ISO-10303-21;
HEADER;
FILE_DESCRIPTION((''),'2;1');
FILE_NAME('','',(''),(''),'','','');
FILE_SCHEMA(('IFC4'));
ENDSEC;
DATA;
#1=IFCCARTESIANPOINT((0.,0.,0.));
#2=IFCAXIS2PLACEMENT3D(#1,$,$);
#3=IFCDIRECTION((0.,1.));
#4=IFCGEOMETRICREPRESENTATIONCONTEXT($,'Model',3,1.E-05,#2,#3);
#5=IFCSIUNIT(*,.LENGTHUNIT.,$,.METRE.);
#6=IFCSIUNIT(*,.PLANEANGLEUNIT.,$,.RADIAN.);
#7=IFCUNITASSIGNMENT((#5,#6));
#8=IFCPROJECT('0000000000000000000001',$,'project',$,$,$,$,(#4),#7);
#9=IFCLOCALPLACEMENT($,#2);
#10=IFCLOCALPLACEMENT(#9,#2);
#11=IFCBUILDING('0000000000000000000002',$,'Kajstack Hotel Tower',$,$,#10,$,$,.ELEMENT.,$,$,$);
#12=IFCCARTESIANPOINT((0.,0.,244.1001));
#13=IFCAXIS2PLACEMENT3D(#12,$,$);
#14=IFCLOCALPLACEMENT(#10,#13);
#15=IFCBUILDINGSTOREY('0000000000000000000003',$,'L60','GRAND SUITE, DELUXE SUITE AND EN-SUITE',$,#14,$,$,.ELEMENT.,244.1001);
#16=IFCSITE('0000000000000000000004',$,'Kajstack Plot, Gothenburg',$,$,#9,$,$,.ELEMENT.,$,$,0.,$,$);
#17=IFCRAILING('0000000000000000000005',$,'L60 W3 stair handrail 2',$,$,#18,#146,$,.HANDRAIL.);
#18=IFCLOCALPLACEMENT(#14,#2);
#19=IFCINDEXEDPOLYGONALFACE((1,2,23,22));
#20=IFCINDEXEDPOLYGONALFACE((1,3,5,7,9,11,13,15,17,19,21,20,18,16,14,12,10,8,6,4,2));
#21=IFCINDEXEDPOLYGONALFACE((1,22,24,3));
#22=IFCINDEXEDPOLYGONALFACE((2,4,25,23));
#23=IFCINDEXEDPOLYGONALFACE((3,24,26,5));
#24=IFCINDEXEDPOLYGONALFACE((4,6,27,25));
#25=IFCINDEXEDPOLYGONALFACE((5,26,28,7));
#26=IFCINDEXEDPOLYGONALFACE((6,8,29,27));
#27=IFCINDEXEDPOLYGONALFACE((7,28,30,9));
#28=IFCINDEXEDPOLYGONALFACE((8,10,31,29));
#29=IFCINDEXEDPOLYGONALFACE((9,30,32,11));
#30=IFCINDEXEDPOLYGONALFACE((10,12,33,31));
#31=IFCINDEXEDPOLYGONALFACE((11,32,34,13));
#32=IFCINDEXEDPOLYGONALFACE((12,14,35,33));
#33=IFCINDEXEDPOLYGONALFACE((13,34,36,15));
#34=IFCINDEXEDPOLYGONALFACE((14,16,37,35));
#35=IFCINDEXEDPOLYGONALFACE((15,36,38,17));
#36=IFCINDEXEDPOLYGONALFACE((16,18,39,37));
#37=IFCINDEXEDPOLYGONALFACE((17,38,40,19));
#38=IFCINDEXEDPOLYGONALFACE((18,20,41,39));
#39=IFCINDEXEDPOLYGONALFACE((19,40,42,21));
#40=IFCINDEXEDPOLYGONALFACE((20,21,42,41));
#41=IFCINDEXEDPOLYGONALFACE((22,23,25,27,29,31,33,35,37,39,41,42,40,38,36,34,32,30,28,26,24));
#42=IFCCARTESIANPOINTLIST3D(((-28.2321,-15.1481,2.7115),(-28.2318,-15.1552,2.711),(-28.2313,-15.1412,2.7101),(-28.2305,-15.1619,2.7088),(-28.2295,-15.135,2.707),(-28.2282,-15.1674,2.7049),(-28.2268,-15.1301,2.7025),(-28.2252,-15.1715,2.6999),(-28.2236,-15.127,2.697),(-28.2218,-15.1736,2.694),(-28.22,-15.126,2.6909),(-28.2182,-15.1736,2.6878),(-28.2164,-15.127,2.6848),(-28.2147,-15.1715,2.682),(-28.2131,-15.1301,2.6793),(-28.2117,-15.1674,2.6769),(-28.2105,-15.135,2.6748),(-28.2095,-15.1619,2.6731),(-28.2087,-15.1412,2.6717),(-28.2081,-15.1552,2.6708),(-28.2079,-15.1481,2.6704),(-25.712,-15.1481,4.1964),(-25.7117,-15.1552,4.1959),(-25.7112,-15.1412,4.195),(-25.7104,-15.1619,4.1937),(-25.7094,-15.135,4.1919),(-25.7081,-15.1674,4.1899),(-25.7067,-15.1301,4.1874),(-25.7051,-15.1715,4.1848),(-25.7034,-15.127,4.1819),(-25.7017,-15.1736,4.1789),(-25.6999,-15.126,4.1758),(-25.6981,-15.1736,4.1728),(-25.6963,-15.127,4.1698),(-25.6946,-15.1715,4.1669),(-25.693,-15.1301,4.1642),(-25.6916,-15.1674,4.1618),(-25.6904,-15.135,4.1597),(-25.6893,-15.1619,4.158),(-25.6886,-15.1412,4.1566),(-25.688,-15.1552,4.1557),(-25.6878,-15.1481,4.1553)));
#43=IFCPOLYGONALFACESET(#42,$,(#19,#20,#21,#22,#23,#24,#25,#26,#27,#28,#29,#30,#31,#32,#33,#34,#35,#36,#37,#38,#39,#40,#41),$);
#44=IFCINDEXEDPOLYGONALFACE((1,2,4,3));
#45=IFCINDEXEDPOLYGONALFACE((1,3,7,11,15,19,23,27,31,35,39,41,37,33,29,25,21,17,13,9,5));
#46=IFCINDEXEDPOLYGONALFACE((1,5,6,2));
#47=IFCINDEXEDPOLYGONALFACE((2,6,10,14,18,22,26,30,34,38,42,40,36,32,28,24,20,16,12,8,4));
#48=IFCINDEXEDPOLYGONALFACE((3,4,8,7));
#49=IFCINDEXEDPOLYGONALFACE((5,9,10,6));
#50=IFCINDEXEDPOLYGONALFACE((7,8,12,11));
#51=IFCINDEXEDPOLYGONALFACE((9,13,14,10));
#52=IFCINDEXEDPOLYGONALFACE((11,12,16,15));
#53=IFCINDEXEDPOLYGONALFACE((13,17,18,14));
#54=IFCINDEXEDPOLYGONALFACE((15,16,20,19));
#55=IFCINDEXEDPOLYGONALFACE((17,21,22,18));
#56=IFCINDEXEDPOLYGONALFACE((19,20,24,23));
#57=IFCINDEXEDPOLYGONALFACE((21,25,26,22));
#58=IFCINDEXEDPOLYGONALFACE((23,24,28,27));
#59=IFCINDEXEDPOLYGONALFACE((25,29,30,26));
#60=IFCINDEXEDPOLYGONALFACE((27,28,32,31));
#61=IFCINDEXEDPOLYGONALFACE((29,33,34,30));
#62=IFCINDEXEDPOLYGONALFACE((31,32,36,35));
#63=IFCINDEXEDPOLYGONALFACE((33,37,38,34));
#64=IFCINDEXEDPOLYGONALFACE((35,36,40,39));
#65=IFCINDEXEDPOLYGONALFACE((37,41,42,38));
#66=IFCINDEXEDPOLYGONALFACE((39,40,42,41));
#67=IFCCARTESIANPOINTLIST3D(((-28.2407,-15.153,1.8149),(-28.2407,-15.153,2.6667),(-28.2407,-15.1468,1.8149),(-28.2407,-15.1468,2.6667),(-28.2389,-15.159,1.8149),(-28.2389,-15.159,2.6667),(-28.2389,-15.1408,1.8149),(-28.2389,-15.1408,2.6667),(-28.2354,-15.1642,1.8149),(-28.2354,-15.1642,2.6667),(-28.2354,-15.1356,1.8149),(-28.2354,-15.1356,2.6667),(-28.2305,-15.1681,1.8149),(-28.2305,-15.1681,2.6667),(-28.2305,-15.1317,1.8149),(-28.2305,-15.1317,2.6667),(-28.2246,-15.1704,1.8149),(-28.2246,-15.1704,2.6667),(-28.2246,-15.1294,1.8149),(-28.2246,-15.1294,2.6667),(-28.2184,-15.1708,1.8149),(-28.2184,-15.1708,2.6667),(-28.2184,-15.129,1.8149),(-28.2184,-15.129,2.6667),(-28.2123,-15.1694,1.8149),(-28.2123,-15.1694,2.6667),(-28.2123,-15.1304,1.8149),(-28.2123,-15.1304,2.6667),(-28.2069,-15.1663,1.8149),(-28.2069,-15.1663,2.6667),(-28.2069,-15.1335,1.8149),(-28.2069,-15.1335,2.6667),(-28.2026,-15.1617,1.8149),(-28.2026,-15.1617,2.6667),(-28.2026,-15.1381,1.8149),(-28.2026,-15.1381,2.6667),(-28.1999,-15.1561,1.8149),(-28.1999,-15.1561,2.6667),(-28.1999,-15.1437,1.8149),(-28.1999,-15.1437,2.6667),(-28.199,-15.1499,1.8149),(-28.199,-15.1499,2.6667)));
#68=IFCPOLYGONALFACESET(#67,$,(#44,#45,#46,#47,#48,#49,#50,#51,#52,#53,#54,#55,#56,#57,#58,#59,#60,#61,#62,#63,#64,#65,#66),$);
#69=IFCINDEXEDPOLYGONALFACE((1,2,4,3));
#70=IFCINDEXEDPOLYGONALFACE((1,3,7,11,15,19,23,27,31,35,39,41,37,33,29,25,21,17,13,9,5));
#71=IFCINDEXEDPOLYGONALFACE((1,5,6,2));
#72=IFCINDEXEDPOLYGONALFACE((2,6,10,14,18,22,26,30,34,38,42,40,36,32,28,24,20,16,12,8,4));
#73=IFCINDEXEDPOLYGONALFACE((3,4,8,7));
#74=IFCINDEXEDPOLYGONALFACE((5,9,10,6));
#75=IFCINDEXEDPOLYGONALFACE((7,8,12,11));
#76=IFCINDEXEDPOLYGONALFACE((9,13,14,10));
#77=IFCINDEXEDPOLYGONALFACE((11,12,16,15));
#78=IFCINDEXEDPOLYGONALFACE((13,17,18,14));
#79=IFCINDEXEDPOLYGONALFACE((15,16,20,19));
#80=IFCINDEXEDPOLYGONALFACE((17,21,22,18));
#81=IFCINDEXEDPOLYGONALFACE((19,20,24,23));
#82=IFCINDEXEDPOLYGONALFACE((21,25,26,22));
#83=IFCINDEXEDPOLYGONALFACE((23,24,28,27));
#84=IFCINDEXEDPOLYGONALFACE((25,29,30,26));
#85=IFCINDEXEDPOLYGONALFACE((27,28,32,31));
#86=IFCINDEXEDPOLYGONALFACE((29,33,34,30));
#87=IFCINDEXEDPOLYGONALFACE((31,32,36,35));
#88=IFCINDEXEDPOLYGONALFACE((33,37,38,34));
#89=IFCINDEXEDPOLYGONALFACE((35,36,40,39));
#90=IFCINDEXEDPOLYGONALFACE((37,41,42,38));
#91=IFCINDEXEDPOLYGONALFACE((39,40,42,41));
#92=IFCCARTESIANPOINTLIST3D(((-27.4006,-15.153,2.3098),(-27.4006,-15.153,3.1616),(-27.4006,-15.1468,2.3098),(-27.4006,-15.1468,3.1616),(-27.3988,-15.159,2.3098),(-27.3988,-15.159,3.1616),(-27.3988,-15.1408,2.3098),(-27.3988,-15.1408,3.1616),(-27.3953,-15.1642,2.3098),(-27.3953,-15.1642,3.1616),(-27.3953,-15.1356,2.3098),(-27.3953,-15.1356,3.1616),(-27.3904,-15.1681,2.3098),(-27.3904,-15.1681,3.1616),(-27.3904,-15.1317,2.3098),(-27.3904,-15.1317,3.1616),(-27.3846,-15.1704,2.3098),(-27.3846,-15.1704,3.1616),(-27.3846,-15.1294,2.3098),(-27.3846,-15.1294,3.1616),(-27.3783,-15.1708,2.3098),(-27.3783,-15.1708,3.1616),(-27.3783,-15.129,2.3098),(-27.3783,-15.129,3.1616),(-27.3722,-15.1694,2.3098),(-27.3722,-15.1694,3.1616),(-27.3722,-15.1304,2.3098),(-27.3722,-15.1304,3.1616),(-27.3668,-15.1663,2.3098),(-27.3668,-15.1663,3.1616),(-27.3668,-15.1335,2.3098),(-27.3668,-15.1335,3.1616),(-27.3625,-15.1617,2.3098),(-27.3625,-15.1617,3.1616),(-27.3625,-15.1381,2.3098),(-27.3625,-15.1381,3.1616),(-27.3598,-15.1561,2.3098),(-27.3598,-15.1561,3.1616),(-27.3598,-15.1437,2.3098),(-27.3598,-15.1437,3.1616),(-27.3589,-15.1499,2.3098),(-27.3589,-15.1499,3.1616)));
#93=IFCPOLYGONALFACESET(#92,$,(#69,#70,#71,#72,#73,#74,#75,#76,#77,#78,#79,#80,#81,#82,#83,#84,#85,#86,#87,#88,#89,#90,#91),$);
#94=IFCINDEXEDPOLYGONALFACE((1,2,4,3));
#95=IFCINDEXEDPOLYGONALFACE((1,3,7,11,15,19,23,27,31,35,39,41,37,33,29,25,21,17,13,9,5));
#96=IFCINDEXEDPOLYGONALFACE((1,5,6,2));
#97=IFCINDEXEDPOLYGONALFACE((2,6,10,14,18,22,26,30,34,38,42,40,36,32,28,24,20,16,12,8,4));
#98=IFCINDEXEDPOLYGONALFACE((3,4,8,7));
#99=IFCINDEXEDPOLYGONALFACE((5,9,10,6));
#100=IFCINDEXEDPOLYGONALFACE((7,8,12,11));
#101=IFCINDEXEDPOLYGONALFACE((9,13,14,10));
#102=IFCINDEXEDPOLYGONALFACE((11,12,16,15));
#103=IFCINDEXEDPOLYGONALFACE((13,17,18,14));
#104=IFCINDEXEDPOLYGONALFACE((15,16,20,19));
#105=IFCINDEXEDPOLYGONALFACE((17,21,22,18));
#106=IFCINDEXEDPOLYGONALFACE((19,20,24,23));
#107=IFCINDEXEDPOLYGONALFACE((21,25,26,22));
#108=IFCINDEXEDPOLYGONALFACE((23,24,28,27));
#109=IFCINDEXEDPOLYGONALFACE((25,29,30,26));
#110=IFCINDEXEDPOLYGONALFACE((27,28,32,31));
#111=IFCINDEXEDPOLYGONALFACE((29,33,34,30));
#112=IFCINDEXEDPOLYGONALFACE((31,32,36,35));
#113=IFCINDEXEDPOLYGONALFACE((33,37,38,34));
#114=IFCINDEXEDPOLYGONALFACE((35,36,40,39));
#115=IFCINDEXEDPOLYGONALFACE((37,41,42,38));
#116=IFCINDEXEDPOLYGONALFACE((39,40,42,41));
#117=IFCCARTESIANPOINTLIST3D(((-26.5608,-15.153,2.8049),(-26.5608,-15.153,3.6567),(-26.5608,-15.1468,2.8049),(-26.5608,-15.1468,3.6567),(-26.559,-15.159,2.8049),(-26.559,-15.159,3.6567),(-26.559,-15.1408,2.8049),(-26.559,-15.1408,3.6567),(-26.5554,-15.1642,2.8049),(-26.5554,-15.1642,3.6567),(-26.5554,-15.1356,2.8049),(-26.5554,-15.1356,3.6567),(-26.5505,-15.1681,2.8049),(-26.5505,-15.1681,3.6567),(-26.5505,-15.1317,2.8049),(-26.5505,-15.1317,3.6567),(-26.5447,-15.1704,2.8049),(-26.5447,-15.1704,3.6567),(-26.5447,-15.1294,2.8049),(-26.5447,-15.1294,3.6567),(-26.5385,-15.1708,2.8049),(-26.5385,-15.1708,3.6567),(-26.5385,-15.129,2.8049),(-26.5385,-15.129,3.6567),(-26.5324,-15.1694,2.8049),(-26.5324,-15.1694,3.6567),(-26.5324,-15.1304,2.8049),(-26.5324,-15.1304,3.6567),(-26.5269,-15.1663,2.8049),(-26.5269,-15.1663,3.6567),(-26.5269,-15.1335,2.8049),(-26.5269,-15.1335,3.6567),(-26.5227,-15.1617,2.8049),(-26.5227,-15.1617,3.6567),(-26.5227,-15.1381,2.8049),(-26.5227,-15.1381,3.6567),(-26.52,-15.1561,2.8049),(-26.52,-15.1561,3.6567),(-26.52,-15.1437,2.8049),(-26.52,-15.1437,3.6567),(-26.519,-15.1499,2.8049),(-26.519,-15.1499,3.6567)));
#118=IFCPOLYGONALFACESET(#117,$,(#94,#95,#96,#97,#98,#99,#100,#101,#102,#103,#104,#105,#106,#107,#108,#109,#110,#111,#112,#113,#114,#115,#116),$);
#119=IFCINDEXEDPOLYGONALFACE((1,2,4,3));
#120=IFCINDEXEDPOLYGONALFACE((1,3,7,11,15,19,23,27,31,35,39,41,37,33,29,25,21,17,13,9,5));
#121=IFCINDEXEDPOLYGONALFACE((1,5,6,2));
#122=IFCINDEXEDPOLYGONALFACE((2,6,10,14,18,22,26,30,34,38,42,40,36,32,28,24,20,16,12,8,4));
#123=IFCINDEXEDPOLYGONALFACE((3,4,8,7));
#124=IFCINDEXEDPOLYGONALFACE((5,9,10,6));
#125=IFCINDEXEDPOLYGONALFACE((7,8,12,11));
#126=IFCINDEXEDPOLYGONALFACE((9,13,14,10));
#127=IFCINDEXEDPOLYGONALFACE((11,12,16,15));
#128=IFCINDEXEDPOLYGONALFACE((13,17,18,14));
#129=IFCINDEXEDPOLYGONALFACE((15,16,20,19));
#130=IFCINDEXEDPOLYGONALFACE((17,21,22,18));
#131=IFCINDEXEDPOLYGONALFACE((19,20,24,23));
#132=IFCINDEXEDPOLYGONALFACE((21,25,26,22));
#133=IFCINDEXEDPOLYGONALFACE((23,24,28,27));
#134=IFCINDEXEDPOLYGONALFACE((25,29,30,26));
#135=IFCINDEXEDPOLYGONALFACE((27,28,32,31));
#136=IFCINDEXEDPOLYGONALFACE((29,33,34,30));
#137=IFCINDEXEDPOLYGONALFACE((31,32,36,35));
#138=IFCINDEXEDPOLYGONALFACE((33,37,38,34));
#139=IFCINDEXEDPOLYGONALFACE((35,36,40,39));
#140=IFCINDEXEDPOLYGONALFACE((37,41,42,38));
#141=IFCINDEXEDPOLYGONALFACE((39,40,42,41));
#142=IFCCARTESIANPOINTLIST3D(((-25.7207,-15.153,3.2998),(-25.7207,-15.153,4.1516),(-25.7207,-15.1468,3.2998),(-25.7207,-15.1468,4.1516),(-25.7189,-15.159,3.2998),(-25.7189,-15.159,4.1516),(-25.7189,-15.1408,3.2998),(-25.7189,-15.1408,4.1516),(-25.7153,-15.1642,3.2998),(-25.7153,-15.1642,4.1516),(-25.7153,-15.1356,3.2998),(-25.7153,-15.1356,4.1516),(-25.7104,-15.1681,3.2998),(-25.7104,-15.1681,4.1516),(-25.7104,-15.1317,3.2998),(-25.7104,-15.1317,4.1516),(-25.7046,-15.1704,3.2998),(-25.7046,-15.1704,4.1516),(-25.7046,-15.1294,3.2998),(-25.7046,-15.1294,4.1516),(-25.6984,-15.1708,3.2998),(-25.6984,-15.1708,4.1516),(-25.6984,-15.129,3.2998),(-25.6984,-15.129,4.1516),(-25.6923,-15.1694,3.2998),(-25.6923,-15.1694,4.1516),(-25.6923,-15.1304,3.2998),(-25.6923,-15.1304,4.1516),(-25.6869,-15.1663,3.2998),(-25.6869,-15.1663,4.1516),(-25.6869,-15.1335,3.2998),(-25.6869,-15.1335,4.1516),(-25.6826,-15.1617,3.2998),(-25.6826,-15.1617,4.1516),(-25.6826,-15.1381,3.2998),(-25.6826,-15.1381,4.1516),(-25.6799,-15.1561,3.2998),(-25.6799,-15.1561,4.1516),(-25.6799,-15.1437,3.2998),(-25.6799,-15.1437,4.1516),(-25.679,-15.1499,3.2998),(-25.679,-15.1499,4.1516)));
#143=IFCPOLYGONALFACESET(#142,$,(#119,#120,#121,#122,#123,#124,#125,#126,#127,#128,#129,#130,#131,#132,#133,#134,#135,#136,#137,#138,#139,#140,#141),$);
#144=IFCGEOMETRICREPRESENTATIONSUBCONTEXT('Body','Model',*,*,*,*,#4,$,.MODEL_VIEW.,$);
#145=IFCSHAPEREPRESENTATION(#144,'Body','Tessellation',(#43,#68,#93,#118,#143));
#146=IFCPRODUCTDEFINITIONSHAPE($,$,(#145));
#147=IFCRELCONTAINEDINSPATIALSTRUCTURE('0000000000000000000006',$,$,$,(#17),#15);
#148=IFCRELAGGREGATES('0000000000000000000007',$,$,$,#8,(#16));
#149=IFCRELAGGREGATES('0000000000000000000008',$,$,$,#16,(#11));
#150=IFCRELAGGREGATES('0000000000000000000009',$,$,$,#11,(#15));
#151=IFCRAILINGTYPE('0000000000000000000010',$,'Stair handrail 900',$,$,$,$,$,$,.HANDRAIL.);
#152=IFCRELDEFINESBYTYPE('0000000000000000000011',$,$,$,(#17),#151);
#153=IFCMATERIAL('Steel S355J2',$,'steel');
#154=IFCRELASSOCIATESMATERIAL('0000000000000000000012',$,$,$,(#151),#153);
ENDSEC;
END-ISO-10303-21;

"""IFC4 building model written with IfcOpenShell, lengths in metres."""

from ifc_helpers import new_model, si_unit, direction, frame, origin, origin_2d, place, context, subcontext, project, spatial, circle, extrude, material, type_object, element, save


model = new_model("IFC4")

# Units and contexts
model_context = context("Model", 3, precision=1e-05, world=origin(), true_north=direction((0.0, 1.0)))
body_context = subcontext(model_context, "Body", "Model", "MODEL_VIEW")
ifc_project = project(units=[si_unit("LENGTHUNIT", "METRE"), si_unit("PLANEANGLEUNIT", "RADIAN")], contexts=[model_context])

# Site, building, storey
site_placement = place(None, origin())
site = spatial("IfcSite", under=ifc_project, at=site_placement, Name="Kajstack Plot, Gothenburg", CompositionType="ELEMENT", RefElevation=0.0)
building_placement = place(site_placement, origin())
building = spatial("IfcBuilding", under=site, at=building_placement, Name="Kajstack Hotel Tower", CompositionType="ELEMENT")
storey_placement = place(building_placement, frame((0.0, 0.0, 244.1001)))
storey = spatial("IfcBuildingStorey", under=building, at=storey_placement, Name="L60", Description="GRAND SUITE, DELUXE SUITE AND EN-SUITE", CompositionType="ELEMENT", Elevation=244.1001)

# Railing
ifc_material_1 = material(Name="Steel S355J2", Category="steel")
railing_type_1 = type_object("IfcRailingType", Name="Stair handrail 900", PredefinedType="HANDRAIL", material=ifc_material_1)
railing_1_placement = place(storey_placement, frame((-28.22, -15.1499, 1.8149)))
element("IfcRailing", 1, at=railing_1_placement, inside=storey, type_object=railing_type_1, Name="L60 W3 stair handrail 2", PredefinedType="HANDRAIL", context=body_context, shape_type="SweptSolid", body=[
    extrude(circle(Radius=0.0239, at=origin_2d()), frame((0.0, 0.0, 0.876), z_axis=(0.861561, 0.0, 0.507655), x_axis=(0.0, 1.0, 0.0)), (0.0, 0.0, 1.0), 2.925),
    extrude(circle(Radius=0.021, at=origin_2d()), origin(), (0.0, 0.0, 1.0), 0.8518),
    extrude(circle(Radius=0.021, at=origin_2d()), frame((0.8401, 0.0, 0.4949)), (0.0, 0.0, 1.0), 0.8518),
    extrude(circle(Radius=0.021, at=origin_2d()), frame((1.6799, 0.0, 0.99)), (0.0, 0.0, 1.0), 0.8518),
    extrude(circle(Radius=0.021, at=origin_2d()), frame((2.52, 0.0, 1.4849)), (0.0, 0.0, 1.0), 0.8518),
])

save(model, "model.ifc")
